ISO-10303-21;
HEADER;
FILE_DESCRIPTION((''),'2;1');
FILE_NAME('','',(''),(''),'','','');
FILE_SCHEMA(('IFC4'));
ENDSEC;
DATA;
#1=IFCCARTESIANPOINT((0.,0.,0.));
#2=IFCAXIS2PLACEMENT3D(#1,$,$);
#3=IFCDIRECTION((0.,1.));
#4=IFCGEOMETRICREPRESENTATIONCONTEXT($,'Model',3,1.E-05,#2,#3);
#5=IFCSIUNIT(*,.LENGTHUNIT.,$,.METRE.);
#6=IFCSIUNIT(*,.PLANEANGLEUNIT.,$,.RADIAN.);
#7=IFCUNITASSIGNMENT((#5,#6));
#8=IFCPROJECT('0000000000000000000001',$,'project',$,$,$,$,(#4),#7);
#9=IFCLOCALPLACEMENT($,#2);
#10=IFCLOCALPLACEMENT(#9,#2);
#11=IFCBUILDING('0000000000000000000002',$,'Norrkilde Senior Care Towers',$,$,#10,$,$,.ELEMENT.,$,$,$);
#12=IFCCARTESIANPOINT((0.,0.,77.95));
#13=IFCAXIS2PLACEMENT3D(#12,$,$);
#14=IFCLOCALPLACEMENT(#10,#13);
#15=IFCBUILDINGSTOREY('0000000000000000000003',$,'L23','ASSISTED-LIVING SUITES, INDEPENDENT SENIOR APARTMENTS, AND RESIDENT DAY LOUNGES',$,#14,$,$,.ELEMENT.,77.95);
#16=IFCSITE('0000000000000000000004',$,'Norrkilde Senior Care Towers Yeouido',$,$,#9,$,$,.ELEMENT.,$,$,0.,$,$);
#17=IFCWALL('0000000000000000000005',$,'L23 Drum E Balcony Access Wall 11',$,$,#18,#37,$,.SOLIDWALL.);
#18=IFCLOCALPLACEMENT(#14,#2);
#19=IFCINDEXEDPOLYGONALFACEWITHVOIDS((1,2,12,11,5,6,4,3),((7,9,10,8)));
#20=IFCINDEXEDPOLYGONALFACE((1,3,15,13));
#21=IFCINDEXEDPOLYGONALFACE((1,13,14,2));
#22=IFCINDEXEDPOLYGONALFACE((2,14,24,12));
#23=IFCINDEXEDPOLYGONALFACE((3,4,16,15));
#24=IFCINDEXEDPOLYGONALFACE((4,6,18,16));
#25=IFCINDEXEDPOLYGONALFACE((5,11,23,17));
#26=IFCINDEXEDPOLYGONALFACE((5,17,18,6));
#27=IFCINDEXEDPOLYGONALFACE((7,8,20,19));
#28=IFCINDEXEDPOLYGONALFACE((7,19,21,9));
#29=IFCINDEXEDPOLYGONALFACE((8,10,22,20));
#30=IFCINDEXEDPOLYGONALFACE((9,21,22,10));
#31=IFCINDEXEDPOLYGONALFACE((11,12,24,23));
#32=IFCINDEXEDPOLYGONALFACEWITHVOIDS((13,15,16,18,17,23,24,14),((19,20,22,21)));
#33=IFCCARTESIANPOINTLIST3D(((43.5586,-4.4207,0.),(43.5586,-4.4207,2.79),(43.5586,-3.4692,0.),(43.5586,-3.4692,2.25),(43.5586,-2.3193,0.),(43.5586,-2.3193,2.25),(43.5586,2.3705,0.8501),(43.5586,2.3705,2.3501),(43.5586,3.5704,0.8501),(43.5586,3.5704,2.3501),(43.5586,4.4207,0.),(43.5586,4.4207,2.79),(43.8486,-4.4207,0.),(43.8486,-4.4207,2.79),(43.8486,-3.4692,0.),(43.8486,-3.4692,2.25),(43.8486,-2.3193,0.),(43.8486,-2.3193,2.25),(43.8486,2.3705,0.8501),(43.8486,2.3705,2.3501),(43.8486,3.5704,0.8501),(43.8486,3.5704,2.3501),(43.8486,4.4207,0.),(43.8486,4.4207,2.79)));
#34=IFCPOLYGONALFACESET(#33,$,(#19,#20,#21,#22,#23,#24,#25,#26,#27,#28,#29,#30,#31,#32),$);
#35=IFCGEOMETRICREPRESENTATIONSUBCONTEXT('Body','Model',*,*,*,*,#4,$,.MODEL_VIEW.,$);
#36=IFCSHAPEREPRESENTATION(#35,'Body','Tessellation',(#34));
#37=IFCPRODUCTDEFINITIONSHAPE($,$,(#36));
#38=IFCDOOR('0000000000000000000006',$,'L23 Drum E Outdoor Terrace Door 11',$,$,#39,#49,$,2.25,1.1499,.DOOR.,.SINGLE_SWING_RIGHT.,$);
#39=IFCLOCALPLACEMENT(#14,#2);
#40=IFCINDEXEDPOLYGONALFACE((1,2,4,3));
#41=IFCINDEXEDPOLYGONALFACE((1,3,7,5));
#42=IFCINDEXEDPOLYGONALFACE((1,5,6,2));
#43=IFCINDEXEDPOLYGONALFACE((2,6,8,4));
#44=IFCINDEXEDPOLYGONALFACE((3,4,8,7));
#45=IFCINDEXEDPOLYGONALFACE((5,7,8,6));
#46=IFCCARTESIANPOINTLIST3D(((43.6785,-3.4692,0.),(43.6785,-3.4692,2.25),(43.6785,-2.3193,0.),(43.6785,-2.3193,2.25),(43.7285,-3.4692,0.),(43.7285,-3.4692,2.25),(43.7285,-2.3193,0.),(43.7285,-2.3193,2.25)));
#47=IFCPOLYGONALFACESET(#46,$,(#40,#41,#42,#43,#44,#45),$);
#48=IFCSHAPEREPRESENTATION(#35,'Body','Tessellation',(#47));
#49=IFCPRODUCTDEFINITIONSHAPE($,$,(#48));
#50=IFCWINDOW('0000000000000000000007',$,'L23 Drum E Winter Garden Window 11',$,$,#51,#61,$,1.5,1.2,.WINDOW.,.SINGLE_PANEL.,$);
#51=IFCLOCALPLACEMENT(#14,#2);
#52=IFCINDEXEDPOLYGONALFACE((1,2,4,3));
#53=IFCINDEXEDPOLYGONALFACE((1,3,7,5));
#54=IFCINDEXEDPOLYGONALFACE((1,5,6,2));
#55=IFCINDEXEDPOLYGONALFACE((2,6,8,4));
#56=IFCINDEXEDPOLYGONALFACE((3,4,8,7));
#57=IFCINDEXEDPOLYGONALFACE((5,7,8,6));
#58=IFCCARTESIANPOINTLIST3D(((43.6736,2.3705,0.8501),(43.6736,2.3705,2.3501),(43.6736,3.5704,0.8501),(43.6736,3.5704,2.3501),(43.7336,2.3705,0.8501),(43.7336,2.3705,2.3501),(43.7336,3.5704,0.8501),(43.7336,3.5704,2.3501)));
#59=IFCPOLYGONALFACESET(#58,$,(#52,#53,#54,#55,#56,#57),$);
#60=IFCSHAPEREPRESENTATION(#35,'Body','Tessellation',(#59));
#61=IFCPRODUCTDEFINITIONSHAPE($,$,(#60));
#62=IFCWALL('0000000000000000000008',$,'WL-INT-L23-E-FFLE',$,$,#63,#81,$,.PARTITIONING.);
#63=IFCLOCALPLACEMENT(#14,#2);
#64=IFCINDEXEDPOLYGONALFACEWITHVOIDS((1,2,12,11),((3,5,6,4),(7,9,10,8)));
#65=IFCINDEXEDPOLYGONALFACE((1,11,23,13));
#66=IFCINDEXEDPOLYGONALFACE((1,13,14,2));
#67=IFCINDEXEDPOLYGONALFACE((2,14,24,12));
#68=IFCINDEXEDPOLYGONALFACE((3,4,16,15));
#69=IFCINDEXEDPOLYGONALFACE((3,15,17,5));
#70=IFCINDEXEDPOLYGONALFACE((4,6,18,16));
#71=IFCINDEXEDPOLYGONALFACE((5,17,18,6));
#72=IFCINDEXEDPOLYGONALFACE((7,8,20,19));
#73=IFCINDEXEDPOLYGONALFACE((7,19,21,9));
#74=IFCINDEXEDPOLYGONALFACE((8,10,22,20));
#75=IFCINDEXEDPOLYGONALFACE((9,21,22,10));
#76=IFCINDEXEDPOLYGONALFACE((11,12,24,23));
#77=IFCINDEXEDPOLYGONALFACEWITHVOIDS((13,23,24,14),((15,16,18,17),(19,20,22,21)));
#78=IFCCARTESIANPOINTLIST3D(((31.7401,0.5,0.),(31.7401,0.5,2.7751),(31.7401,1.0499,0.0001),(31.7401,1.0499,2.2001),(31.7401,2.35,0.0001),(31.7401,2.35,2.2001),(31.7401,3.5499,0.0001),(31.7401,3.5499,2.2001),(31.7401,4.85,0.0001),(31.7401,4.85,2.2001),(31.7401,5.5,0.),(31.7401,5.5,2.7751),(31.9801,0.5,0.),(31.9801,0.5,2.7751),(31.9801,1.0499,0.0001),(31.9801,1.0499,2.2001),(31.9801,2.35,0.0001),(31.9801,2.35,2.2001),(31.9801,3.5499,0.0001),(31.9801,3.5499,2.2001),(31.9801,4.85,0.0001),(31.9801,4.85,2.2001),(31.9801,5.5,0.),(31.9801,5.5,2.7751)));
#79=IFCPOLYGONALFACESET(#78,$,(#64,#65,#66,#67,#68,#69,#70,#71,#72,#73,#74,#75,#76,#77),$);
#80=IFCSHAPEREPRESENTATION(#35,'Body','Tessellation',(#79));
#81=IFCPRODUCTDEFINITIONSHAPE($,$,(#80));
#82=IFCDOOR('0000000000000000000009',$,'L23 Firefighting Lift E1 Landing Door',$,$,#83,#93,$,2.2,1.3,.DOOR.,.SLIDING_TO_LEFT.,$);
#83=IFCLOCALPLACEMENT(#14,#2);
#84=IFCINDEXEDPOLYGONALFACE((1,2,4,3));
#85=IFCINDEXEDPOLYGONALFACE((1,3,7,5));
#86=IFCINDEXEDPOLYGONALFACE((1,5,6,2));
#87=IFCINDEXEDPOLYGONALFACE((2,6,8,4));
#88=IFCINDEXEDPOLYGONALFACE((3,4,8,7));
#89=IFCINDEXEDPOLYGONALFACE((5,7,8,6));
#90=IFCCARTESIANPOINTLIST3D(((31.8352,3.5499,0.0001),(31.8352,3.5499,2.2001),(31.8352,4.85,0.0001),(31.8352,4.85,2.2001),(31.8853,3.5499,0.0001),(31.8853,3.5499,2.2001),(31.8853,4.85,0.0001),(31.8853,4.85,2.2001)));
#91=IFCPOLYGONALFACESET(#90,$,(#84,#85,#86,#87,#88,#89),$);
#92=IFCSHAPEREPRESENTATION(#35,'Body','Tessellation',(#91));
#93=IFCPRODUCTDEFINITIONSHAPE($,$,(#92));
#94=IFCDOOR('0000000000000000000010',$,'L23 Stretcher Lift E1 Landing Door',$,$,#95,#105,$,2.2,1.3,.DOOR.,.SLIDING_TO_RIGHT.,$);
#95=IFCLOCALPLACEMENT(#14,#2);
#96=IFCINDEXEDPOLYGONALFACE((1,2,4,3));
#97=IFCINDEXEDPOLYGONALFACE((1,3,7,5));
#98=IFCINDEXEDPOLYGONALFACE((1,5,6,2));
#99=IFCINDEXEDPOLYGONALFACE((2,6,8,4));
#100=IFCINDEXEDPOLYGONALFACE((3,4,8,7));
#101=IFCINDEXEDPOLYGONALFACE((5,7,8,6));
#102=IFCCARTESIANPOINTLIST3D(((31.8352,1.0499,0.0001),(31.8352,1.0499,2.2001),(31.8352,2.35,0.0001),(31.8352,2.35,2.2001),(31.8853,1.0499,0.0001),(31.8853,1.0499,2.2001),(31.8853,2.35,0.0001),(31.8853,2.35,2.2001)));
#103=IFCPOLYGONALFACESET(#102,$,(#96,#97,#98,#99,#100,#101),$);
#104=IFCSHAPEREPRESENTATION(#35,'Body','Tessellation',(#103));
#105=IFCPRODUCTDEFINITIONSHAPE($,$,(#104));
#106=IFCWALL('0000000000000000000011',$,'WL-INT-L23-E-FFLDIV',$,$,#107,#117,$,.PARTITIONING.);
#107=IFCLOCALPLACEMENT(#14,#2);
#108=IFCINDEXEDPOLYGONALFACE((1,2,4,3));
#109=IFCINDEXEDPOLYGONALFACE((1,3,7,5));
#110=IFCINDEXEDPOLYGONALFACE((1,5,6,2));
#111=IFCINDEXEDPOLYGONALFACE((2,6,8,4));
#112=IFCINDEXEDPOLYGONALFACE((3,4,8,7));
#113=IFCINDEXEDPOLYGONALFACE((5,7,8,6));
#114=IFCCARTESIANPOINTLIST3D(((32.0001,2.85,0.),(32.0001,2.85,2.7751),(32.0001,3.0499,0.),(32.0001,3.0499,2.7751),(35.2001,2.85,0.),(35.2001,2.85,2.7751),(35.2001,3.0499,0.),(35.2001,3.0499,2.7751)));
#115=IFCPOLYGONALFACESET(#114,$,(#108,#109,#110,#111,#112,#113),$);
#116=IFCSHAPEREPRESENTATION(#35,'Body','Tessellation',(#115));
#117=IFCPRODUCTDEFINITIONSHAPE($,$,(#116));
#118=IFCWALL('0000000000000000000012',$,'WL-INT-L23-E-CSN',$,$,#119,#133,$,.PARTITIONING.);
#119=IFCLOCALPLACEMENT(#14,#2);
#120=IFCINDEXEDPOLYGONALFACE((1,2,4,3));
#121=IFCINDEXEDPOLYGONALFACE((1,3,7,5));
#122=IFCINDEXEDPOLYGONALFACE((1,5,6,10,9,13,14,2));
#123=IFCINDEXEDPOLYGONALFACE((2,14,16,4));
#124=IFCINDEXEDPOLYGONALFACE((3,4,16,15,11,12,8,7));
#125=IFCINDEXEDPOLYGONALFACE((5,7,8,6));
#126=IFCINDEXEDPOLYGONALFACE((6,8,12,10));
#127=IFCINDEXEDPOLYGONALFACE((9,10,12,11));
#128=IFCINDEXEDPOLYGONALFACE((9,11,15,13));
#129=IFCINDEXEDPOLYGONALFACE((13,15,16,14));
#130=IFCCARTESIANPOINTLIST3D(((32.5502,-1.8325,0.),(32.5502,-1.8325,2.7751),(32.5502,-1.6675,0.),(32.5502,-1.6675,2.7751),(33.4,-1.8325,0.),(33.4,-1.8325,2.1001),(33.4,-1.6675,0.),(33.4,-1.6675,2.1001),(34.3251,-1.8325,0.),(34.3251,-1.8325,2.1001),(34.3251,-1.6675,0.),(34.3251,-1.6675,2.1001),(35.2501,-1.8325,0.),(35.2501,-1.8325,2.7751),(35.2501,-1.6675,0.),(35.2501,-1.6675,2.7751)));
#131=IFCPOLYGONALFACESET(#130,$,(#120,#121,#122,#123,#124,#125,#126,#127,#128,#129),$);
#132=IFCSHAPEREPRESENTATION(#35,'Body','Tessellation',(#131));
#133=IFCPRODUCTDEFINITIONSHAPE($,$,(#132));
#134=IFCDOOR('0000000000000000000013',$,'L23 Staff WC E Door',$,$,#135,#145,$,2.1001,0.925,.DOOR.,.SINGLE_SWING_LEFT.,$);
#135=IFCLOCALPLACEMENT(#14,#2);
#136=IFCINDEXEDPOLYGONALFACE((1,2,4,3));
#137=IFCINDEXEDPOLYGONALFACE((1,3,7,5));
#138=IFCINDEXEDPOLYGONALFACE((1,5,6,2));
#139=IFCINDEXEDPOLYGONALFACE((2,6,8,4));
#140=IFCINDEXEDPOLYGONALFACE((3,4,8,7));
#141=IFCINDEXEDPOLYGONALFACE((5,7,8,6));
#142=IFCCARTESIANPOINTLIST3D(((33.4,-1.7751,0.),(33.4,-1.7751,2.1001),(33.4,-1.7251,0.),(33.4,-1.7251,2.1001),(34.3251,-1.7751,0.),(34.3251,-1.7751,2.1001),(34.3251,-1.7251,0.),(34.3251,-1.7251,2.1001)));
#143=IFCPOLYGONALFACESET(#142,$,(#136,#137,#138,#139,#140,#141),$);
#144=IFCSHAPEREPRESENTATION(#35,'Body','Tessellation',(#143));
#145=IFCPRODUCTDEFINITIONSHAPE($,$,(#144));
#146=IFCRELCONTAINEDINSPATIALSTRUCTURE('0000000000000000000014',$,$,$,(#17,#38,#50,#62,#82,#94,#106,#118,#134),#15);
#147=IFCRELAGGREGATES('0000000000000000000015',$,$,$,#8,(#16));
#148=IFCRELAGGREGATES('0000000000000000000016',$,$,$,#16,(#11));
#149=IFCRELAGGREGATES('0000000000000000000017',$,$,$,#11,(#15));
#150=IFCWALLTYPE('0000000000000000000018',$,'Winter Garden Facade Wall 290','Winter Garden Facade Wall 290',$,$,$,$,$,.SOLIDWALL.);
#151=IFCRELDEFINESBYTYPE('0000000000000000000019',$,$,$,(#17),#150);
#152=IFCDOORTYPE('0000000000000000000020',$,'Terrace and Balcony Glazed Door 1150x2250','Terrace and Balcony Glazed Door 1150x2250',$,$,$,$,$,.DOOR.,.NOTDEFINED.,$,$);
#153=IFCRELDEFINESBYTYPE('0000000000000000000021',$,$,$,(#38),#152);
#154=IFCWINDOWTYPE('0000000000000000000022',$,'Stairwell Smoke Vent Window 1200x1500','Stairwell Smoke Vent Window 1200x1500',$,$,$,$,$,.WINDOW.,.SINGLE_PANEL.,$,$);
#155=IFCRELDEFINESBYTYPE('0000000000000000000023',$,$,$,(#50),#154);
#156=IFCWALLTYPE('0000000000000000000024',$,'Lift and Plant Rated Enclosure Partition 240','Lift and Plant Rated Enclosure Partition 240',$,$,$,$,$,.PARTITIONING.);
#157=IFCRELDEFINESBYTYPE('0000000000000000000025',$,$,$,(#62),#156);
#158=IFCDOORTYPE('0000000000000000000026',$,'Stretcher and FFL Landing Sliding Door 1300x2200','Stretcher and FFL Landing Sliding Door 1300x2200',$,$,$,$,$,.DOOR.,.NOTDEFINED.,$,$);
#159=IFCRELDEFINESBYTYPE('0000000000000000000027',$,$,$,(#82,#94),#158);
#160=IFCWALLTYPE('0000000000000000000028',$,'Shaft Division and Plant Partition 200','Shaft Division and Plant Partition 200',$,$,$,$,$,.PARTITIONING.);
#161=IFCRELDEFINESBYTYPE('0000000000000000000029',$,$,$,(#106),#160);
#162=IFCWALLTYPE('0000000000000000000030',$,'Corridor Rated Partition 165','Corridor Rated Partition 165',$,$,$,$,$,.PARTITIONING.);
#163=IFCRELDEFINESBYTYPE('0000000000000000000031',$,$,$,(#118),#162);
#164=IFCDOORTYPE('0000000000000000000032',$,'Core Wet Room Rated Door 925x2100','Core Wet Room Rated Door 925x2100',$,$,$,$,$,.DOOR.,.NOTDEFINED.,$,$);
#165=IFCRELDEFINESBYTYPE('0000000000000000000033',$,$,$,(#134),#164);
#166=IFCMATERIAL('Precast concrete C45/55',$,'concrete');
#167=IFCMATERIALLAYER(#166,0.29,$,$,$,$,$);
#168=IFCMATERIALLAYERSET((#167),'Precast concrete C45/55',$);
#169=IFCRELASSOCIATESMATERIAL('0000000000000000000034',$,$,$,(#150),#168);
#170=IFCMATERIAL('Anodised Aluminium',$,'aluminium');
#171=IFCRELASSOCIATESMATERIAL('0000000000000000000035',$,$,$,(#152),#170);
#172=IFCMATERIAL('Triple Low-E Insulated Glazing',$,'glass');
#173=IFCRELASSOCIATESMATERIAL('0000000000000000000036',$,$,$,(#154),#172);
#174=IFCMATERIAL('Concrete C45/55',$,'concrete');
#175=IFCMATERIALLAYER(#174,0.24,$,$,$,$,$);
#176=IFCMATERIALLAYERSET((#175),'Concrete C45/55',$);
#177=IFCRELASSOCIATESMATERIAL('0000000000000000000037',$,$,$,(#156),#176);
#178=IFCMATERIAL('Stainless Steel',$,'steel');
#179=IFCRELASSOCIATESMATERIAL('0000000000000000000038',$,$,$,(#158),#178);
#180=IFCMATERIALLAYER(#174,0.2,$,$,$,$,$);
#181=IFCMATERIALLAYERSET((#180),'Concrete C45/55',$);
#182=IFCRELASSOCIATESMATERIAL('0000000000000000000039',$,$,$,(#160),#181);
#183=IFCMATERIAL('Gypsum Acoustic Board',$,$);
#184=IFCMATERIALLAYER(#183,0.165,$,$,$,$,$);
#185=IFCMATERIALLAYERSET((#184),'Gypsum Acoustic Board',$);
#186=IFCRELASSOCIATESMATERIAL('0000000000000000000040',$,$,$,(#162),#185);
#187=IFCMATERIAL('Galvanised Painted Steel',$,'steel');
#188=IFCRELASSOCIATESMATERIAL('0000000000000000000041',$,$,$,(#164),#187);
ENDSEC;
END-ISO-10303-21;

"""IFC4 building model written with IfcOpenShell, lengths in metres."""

from ifc_helpers import new_model, si_unit, direction, frame, frame_2d, origin, place, context, subcontext, project, spatial, rectangle, extrude, source, transform, mapped, material, layer, layer_set, type_object, type_shapes, element, fill, save


model = new_model("IFC4")

# Units and contexts
model_context = context("Model", 3, precision=1e-05, world=origin(), true_north=direction((0.0, 1.0)))
body_context = subcontext(model_context, "Body", "Model", "MODEL_VIEW")
ifc_project = project(units=[si_unit("LENGTHUNIT", "METRE"), si_unit("PLANEANGLEUNIT", "RADIAN")], contexts=[model_context])

# Site, building, storey
site_placement = place(None, origin())
site = spatial("IfcSite", under=ifc_project, at=site_placement, Name="Norrkilde Senior Care Towers Yeouido", CompositionType="ELEMENT", RefElevation=0.0)
building_placement = place(site_placement, origin())
building = spatial("IfcBuilding", under=site, at=building_placement, Name="Norrkilde Senior Care Towers", CompositionType="ELEMENT")
storey_placement = place(building_placement, frame((0.0, 0.0, 77.95)))
storey = spatial("IfcBuildingStorey", under=building, at=storey_placement, Name="L23", Description="ASSISTED-LIVING SUITES, INDEPENDENT SENIOR APARTMENTS, AND RESIDENT DAY LOUNGES", CompositionType="ELEMENT", Elevation=77.95)

# Shared definitions
ifc_material_1 = material(Name="Triple Low-E Insulated Glazing", Category="glass")
ifc_material_2 = material(Name="Anodised Aluminium", Category="aluminium")

# Shared definitions
ifc_material_3 = material(Name="Galvanised Painted Steel", Category="steel")

# Wall, openings, door, window
ifc_material_4 = material(Name="Precast concrete C45/55", Category="concrete")
ifc_layer_1 = layer(ifc_material_4, 0.29)
ifc_layer_set_1 = layer_set([ifc_layer_1], Name="Precast concrete C45/55")
wall_type_1 = type_object("IfcWallType", Name="Winter Garden Facade Wall 290", Description="Winter Garden Facade Wall 290", PredefinedType="SOLIDWALL", material=ifc_layer_set_1)
shared_shape_1 = source(origin(), body_context, "Body", "SweptSolid", [
    extrude(rectangle(XDim=8.8413, YDim=0.29, at=frame_2d((4.4207, 0.0))), origin(), (0.0, 0.0, 1.0), 2.79),
])
type_shapes(wall_type_1, [shared_shape_1])
wall_1_placement = place(storey_placement, frame((43.7036, 4.4207, 0.0), z_axis=(0.0, 0.0, 1.0), x_axis=(0.0, -1.0, 0.0)))
wall_1 = element("IfcWall", 1, at=wall_1_placement, inside=storey, type_object=wall_type_1, Name="L23 Drum E Balcony Access Wall 11", PredefinedType="SOLIDWALL", context=body_context, shape_type="MappedRepresentation", body=[
    mapped(shared_shape_1, transform((0.0, 0.0, 0.0), x_axis=(1.0, 0.0, 0.0), y_axis=(0.0, 1.0, 0.0), z_axis=(0.0, 0.0, 1.0), scale=1.0)),
])
opening_1_placement = place(wall_1_placement, frame((6.74, 0.0, 0.0)))
opening_1 = element("IfcOpeningElement", 2, at=opening_1_placement, cuts=wall_1, PredefinedType="OPENING", context=body_context, shape_type="SweptSolid", body=[
    extrude(rectangle(XDim=1.1499, YDim=2.25, at=frame_2d((0.575, 1.125))), frame((0.0, 0.155, 0.0), z_axis=(0.0, -1.0, 0.0), x_axis=(1.0, 0.0, 0.0)), (0.0, 0.0, 1.0), 0.3101),
])
opening_2_placement = place(wall_1_placement, frame((0.8501, 0.0, 0.8501)))
opening_2 = element("IfcOpeningElement", 3, at=opening_2_placement, cuts=wall_1, PredefinedType="OPENING", context=body_context, shape_type="SweptSolid", body=[
    extrude(rectangle(XDim=1.2, YDim=1.5, at=frame_2d((0.6001, 0.75))), frame((0.0, 0.155, 0.0), z_axis=(0.0, -1.0, 0.0), x_axis=(1.0, 0.0, 0.0)), (0.0, 0.0, 1.0), 0.3101),
])
door_type_1 = type_object("IfcDoorType", Name="Terrace and Balcony Glazed Door 1150x2250", Description="Terrace and Balcony Glazed Door 1150x2250", OperationType="NOTDEFINED", PredefinedType="DOOR", material=ifc_material_2)
shared_shape_2 = source(origin(), body_context, "Body", "SweptSolid", [
    extrude(rectangle(XDim=1.1499, YDim=2.25, at=frame_2d((0.575, 1.125))), frame((0.0, 0.0249, 0.0), z_axis=(0.0, -1.0, 0.0), x_axis=(1.0, 0.0, 0.0)), (0.0, 0.0, 1.0), 0.05),
])
type_shapes(door_type_1, [shared_shape_2])
door_1_placement = place(opening_1_placement, origin())
door_1 = element("IfcDoor", 4, at=door_1_placement, inside=storey, type_object=door_type_1, Name="L23 Drum E Outdoor Terrace Door 11", OperationType="SINGLE_SWING_RIGHT", OverallHeight=2.25, OverallWidth=1.1499, PredefinedType="DOOR", context=body_context, shape_type="MappedRepresentation", body=[
    mapped(shared_shape_2, transform((0.0, 0.0, 0.0), x_axis=(1.0, 0.0, 0.0), y_axis=(0.0, 1.0, 0.0), z_axis=(0.0, 0.0, 1.0), scale=1.0)),
])
fill(opening_1, door_1)
window_type = type_object("IfcWindowType", Name="Stairwell Smoke Vent Window 1200x1500", Description="Stairwell Smoke Vent Window 1200x1500", PartitioningType="SINGLE_PANEL", PredefinedType="WINDOW", material=ifc_material_1)
shared_shape_3 = source(origin(), body_context, "Body", "SweptSolid", [
    extrude(rectangle(XDim=1.2, YDim=1.5, at=frame_2d((0.6001, 0.75))), frame((0.0, 0.03, 0.0), z_axis=(0.0, -1.0, 0.0), x_axis=(1.0, 0.0, 0.0)), (0.0, 0.0, 1.0), 0.0601),
])
type_shapes(window_type, [shared_shape_3])
window_placement = place(opening_2_placement, origin())
window = element("IfcWindow", 5, at=window_placement, inside=storey, type_object=window_type, Name="L23 Drum E Winter Garden Window 11", OverallHeight=1.5, OverallWidth=1.2, PartitioningType="SINGLE_PANEL", PredefinedType="WINDOW", context=body_context, shape_type="MappedRepresentation", body=[
    mapped(shared_shape_3, transform((0.0, 0.0, 0.0), x_axis=(1.0, 0.0, 0.0), y_axis=(0.0, 1.0, 0.0), z_axis=(0.0, 0.0, 1.0), scale=1.0)),
])
fill(opening_2, window)

# Wall, openings, doors
ifc_material_5 = material(Name="Concrete C45/55", Category="concrete")
ifc_layer_2 = layer(ifc_material_5, 0.24)
ifc_layer_set_2 = layer_set([ifc_layer_2], Name="Concrete C45/55")
wall_type_2 = type_object("IfcWallType", Name="Lift and Plant Rated Enclosure Partition 240", Description="Lift and Plant Rated Enclosure Partition 240", PredefinedType="PARTITIONING", material=ifc_layer_set_2)
shared_shape_4 = source(origin(), body_context, "Body", "SweptSolid", [
    extrude(rectangle(XDim=5.0, YDim=0.24, at=frame_2d((2.5, 0.0))), origin(), (0.0, 0.0, 1.0), 2.7751),
])
type_shapes(wall_type_2, [shared_shape_4])
wall_2_placement = place(storey_placement, frame((31.8601, 0.5, 0.0), z_axis=(0.0, 0.0, 1.0), x_axis=(0.0, 1.0, 0.0)))
wall_2 = element("IfcWall", 6, at=wall_2_placement, inside=storey, type_object=wall_type_2, Name="WL-INT-L23-E-FFLE", PredefinedType="PARTITIONING", context=body_context, shape_type="MappedRepresentation", body=[
    mapped(shared_shape_4, transform((0.0, 0.0, 0.0), x_axis=(1.0, 0.0, 0.0), y_axis=(0.0, 1.0, 0.0), z_axis=(0.0, 0.0, 1.0), scale=1.0)),
])
opening_3_placement = place(wall_2_placement, frame((3.05, 0.0, 0.0)))
opening_3 = element("IfcOpeningElement", 7, at=opening_3_placement, cuts=wall_2, PredefinedType="OPENING", context=body_context, shape_type="SweptSolid", body=[
    extrude(rectangle(XDim=1.3, YDim=2.2, at=frame_2d((0.6499, 1.1001))), frame((0.0, 0.1299, 0.0), z_axis=(0.0, -1.0, 0.0), x_axis=(1.0, 0.0, 0.0)), (0.0, 0.0, 1.0), 0.26),
])
opening_4_placement = place(wall_2_placement, frame((0.55, 0.0, 0.0)))
opening_4 = element("IfcOpeningElement", 8, at=opening_4_placement, cuts=wall_2, PredefinedType="OPENING", context=body_context, shape_type="SweptSolid", body=[
    extrude(rectangle(XDim=1.3, YDim=2.2, at=frame_2d((0.6499, 1.1001))), frame((0.0, 0.1299, 0.0), z_axis=(0.0, -1.0, 0.0), x_axis=(1.0, 0.0, 0.0)), (0.0, 0.0, 1.0), 0.26),
])
ifc_material_6 = material(Name="Stainless Steel", Category="steel")
door_type_2 = type_object("IfcDoorType", Name="Stretcher and FFL Landing Sliding Door 1300x2200", Description="Stretcher and FFL Landing Sliding Door 1300x2200", OperationType="NOTDEFINED", PredefinedType="DOOR", material=ifc_material_6)
shared_shape_5 = source(origin(), body_context, "Body", "SweptSolid", [
    extrude(rectangle(XDim=1.3, YDim=2.2, at=frame_2d((0.6499, 1.1001))), frame((0.0, 0.0249, 0.0), z_axis=(0.0, -1.0, 0.0), x_axis=(1.0, 0.0, 0.0)), (0.0, 0.0, 1.0), 0.05),
])
type_shapes(door_type_2, [shared_shape_5])
door_2_placement = place(opening_3_placement, origin())
door_2 = element("IfcDoor", 9, at=door_2_placement, inside=storey, type_object=door_type_2, Name="L23 Firefighting Lift E1 Landing Door", OperationType="SLIDING_TO_LEFT", OverallHeight=2.2, OverallWidth=1.3, PredefinedType="DOOR", context=body_context, shape_type="MappedRepresentation", body=[
    mapped(shared_shape_5, transform((0.0, 0.0, 0.0), x_axis=(1.0, 0.0, 0.0), y_axis=(0.0, 1.0, 0.0), z_axis=(0.0, 0.0, 1.0), scale=1.0)),
])
fill(opening_3, door_2)
door_3_placement = place(opening_4_placement, origin())
door_3 = element("IfcDoor", 10, at=door_3_placement, inside=storey, type_object=door_type_2, Name="L23 Stretcher Lift E1 Landing Door", OperationType="SLIDING_TO_RIGHT", OverallHeight=2.2, OverallWidth=1.3, PredefinedType="DOOR", context=body_context, shape_type="MappedRepresentation", body=[
    mapped(shared_shape_5, transform((0.0, 0.0, 0.0), x_axis=(1.0, 0.0, 0.0), y_axis=(0.0, 1.0, 0.0), z_axis=(0.0, 0.0, 1.0), scale=1.0)),
])
fill(opening_4, door_3)

# Wall
ifc_layer_3 = layer(ifc_material_5, 0.2)
ifc_layer_set_3 = layer_set([ifc_layer_3], Name="Concrete C45/55")
wall_type_3 = type_object("IfcWallType", Name="Shaft Division and Plant Partition 200", Description="Shaft Division and Plant Partition 200", PredefinedType="PARTITIONING", material=ifc_layer_set_3)
shared_shape_6 = source(origin(), body_context, "Body", "SweptSolid", [
    extrude(rectangle(XDim=3.2, YDim=0.2, at=frame_2d((1.6001, 0.0))), origin(), (0.0, 0.0, 1.0), 2.7751),
])
type_shapes(wall_type_3, [shared_shape_6])
wall_3_placement = place(storey_placement, frame((32.0, 2.95, 0.0), z_axis=(0.0, 0.0, 1.0), x_axis=(1.0, 0.0, 0.0)))
element("IfcWall", 11, at=wall_3_placement, inside=storey, type_object=wall_type_3, Name="WL-INT-L23-E-FFLDIV", PredefinedType="PARTITIONING", context=body_context, shape_type="MappedRepresentation", body=[
    mapped(shared_shape_6, transform((0.0, 0.0, 0.0), x_axis=(1.0, 0.0, 0.0), y_axis=(0.0, 1.0, 0.0), z_axis=(0.0, 0.0, 1.0), scale=1.0)),
])

# Wall, opening, door
ifc_material_7 = material(Name="Gypsum Acoustic Board")
ifc_layer_4 = layer(ifc_material_7, 0.165)
ifc_layer_set_4 = layer_set([ifc_layer_4], Name="Gypsum Acoustic Board")
wall_type_4 = type_object("IfcWallType", Name="Corridor Rated Partition 165", Description="Corridor Rated Partition 165", PredefinedType="PARTITIONING", material=ifc_layer_set_4)
shared_shape_7 = source(origin(), body_context, "Body", "SweptSolid", [
    extrude(rectangle(XDim=2.7, YDim=0.165, at=frame_2d((1.3501, 0.0))), origin(), (0.0, 0.0, 1.0), 2.7751),
])
type_shapes(wall_type_4, [shared_shape_7])
wall_4_placement = place(storey_placement, frame((32.55, -1.75, 0.0), z_axis=(0.0, 0.0, 1.0), x_axis=(1.0, 0.0, 0.0)))
wall_4 = element("IfcWall", 12, at=wall_4_placement, inside=storey, type_object=wall_type_4, Name="WL-INT-L23-E-CSN", PredefinedType="PARTITIONING", context=body_context, shape_type="MappedRepresentation", body=[
    mapped(shared_shape_7, transform((0.0, 0.0, 0.0), x_axis=(1.0, 0.0, 0.0), y_axis=(0.0, 1.0, 0.0), z_axis=(0.0, 0.0, 1.0), scale=1.0)),
])
opening_5_placement = place(wall_4_placement, frame((0.8501, 0.0, 0.0)))
opening_5 = element("IfcOpeningElement", 13, at=opening_5_placement, cuts=wall_4, PredefinedType="OPENING", context=body_context, shape_type="SweptSolid", body=[
    extrude(rectangle(XDim=0.925, YDim=2.1001, at=frame_2d((0.4624, 1.05))), frame((0.0, 0.0925, 0.0), z_axis=(0.0, -1.0, 0.0), x_axis=(1.0, 0.0, 0.0)), (0.0, 0.0, 1.0), 0.1851),
])
door_type_3 = type_object("IfcDoorType", Name="Core Wet Room Rated Door 925x2100", Description="Core Wet Room Rated Door 925x2100", OperationType="NOTDEFINED", PredefinedType="DOOR", material=ifc_material_3)
shared_shape_8 = source(origin(), body_context, "Body", "SweptSolid", [
    extrude(rectangle(XDim=0.925, YDim=2.1001, at=frame_2d((0.4624, 1.05))), frame((0.0, 0.0249, 0.0), z_axis=(0.0, -1.0, 0.0), x_axis=(1.0, 0.0, 0.0)), (0.0, 0.0, 1.0), 0.05),
])
type_shapes(door_type_3, [shared_shape_8])
door_4_placement = place(opening_5_placement, origin())
door_4 = element("IfcDoor", 14, at=door_4_placement, inside=storey, type_object=door_type_3, Name="L23 Staff WC E Door", OperationType="SINGLE_SWING_LEFT", OverallHeight=2.1001, OverallWidth=0.925, PredefinedType="DOOR", context=body_context, shape_type="MappedRepresentation", body=[
    mapped(shared_shape_8, transform((0.0, 0.0, 0.0), x_axis=(1.0, 0.0, 0.0), y_axis=(0.0, 1.0, 0.0), z_axis=(0.0, 0.0, 1.0), scale=1.0)),
])
fill(opening_5, door_4)

save(model, "model.ifc")
